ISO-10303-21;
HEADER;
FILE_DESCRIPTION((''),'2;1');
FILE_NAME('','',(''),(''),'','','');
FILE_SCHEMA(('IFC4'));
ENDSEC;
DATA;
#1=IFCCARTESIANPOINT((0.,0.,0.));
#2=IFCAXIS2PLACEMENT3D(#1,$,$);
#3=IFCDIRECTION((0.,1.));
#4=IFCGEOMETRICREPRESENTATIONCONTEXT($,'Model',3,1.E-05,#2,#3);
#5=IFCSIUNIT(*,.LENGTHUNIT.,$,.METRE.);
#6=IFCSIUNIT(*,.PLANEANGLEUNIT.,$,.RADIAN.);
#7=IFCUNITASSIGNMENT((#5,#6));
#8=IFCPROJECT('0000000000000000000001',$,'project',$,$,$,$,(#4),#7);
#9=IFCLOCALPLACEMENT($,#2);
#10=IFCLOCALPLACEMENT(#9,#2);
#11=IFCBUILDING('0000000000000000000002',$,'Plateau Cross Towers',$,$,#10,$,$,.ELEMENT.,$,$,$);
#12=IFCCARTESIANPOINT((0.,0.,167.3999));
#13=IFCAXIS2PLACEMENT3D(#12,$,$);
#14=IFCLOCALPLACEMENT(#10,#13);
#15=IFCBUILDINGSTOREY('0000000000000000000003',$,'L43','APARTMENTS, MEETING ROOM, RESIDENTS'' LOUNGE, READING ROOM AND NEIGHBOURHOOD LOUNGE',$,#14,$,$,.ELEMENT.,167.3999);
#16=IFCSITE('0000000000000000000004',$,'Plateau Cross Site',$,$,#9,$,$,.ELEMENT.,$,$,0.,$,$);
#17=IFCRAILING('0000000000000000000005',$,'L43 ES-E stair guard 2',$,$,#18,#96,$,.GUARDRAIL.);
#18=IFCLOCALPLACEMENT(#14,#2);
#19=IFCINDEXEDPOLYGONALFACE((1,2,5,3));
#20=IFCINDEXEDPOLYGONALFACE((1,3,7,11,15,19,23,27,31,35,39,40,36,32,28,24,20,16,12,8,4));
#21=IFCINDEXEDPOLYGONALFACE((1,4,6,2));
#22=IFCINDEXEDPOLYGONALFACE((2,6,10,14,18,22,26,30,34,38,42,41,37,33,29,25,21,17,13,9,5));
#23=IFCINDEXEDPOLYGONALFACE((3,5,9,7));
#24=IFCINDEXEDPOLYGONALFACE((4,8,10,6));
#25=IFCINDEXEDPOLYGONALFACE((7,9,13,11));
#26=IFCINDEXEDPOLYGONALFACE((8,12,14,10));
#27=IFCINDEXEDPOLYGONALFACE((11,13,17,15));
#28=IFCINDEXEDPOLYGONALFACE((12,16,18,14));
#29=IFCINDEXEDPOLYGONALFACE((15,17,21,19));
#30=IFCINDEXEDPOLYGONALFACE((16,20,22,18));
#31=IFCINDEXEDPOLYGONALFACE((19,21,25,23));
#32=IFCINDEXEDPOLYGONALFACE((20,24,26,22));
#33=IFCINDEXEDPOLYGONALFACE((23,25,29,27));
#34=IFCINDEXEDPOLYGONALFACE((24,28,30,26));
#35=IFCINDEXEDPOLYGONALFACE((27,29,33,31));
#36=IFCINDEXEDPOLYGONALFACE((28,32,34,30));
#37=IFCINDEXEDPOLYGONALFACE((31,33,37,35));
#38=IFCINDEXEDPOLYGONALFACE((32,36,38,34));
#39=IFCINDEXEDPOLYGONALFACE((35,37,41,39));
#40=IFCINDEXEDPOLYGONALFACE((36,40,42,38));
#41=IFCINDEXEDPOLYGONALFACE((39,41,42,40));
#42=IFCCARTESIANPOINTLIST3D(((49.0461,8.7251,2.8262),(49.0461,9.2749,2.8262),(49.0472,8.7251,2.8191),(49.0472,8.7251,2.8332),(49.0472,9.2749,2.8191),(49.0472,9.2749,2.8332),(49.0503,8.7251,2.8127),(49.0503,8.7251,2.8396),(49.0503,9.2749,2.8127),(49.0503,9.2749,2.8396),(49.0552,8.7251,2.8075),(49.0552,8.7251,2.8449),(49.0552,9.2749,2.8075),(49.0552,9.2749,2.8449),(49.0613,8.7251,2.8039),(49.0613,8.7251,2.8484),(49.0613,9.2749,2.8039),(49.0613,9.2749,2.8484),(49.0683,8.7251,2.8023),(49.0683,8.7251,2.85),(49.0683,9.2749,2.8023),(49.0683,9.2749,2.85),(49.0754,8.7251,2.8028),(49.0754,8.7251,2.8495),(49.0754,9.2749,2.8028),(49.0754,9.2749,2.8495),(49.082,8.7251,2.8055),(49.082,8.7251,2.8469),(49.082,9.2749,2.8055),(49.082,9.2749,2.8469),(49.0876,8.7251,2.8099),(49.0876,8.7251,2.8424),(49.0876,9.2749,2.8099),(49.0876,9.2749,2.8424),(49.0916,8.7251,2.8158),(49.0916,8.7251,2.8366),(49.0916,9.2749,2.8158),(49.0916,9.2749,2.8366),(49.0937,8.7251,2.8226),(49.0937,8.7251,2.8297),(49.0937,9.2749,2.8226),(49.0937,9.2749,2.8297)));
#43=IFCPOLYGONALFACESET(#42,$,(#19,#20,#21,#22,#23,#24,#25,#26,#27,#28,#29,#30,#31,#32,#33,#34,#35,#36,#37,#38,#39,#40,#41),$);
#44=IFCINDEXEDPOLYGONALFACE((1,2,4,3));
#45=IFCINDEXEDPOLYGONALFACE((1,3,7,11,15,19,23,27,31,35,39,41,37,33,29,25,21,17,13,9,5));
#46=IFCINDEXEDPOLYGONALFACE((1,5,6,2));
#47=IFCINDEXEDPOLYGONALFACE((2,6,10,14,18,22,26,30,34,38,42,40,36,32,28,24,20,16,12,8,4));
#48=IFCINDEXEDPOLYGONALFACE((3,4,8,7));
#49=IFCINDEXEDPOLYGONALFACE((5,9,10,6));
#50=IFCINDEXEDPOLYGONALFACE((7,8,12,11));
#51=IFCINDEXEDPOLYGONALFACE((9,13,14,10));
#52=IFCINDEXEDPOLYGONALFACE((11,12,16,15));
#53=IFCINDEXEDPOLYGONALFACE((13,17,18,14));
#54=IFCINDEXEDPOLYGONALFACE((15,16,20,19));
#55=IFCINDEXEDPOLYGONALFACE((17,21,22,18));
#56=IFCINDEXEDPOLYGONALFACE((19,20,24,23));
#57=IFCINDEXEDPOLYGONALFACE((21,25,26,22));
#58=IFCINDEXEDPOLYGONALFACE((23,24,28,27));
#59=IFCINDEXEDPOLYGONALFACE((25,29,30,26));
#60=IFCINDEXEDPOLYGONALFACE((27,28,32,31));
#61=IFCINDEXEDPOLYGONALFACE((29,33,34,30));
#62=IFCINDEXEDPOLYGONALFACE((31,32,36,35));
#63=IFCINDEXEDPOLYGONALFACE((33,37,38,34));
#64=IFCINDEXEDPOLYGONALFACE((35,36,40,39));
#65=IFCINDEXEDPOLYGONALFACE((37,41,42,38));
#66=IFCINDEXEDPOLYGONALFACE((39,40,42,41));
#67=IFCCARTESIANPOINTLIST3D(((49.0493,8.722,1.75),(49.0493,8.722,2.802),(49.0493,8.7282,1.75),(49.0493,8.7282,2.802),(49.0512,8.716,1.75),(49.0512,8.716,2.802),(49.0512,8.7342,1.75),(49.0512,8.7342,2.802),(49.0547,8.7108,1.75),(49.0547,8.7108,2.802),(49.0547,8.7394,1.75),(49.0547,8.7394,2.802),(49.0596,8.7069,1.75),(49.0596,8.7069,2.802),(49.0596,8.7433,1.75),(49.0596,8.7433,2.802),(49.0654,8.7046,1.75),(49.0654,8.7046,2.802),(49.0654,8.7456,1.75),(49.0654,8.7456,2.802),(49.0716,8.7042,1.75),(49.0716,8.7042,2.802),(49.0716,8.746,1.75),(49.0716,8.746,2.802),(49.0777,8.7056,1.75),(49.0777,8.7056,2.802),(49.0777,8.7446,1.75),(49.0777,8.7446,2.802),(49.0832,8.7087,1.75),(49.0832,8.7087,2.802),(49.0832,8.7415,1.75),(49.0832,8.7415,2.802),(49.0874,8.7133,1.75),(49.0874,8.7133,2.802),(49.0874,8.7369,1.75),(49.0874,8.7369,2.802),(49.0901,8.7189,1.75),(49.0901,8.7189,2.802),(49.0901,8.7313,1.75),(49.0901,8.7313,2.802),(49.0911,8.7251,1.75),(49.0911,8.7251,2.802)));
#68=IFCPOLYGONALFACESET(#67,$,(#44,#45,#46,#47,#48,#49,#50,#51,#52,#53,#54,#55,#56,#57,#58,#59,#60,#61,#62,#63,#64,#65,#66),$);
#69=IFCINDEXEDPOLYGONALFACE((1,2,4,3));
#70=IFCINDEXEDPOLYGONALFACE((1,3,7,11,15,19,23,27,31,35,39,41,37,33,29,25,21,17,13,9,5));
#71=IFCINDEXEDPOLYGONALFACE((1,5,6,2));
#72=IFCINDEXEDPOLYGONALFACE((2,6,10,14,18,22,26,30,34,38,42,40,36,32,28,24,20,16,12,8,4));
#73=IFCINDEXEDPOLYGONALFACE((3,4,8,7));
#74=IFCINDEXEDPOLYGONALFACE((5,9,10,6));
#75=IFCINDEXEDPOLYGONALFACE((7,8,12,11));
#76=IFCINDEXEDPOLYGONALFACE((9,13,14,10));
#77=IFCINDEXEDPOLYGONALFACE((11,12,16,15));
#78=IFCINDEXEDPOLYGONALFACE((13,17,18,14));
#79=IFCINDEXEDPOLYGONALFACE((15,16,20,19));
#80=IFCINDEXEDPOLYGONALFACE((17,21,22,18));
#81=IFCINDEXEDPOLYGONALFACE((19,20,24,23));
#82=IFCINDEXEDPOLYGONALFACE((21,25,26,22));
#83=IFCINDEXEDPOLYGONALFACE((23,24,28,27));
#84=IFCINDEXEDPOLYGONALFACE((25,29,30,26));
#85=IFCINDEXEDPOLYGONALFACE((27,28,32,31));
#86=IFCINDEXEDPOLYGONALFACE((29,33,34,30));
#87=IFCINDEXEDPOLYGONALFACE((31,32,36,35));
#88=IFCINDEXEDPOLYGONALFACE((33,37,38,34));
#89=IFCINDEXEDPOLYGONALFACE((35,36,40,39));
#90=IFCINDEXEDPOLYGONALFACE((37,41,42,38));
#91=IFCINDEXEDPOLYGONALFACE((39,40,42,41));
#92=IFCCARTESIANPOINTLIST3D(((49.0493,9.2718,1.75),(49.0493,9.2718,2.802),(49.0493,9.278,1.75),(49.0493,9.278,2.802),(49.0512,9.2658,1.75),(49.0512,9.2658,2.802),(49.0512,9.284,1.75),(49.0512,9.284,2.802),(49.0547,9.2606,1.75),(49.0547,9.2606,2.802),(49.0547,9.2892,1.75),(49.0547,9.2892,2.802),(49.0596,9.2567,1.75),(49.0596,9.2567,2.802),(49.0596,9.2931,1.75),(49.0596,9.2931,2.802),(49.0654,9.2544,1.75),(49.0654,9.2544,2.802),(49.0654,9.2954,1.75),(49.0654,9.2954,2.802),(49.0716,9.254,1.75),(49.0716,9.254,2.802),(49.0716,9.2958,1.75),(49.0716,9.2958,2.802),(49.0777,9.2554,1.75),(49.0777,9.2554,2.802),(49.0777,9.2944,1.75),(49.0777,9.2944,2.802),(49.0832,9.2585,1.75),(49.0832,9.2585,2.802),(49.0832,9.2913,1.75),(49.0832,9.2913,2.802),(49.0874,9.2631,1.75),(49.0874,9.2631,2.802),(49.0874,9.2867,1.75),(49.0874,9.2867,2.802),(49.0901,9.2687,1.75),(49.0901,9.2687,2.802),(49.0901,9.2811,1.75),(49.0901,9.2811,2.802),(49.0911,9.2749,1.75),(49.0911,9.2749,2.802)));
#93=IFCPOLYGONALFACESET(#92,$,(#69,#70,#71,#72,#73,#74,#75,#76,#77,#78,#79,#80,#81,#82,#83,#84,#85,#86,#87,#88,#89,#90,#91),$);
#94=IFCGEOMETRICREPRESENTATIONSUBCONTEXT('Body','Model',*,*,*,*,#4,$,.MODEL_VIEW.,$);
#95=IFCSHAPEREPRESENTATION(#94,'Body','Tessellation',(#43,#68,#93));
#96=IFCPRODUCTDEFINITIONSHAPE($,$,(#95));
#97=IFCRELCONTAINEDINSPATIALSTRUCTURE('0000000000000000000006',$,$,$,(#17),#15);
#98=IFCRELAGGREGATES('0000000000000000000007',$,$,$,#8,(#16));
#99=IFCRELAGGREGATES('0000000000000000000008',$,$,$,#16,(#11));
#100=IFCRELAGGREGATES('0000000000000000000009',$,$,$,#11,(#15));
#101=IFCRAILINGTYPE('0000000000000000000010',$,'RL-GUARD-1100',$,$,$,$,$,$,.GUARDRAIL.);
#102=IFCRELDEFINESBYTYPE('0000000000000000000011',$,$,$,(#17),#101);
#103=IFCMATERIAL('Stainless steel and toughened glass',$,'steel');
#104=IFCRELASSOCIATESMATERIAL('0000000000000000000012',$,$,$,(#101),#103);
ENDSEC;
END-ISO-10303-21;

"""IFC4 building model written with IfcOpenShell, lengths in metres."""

from ifc_helpers import new_model, si_unit, direction, frame, origin, origin_2d, place, context, subcontext, project, spatial, circle, extrude, material, type_object, element, save


model = new_model("IFC4")

# Units and contexts
model_context = context("Model", 3, precision=1e-05, world=origin(), true_north=direction((0.0, 1.0)))
body_context = subcontext(model_context, "Body", "Model", "MODEL_VIEW")
ifc_project = project(units=[si_unit("LENGTHUNIT", "METRE"), si_unit("PLANEANGLEUNIT", "RADIAN")], contexts=[model_context])

# Site, building, storey
site_placement = place(None, origin())
site = spatial("IfcSite", under=ifc_project, at=site_placement, Name="Plateau Cross Site", CompositionType="ELEMENT", RefElevation=0.0)
building_placement = place(site_placement, origin())
building = spatial("IfcBuilding", under=site, at=building_placement, Name="Plateau Cross Towers", CompositionType="ELEMENT")
storey_placement = place(building_placement, frame((0.0, 0.0, 167.3999)))
storey = spatial("IfcBuildingStorey", under=building, at=storey_placement, Name="L43", Description="APARTMENTS, MEETING ROOM, RESIDENTS' LOUNGE, READING ROOM AND NEIGHBOURHOOD LOUNGE", CompositionType="ELEMENT", Elevation=167.3999)

# Railing
ifc_material_1 = material(Name="Stainless steel and toughened glass", Category="steel")
railing_type_1 = type_object("IfcRailingType", Name="RL-GUARD-1100", PredefinedType="GUARDRAIL", material=ifc_material_1)
railing_1_placement = place(storey_placement, frame((49.0701, 8.7251, 1.75)))
element("IfcRailing", 1, at=railing_1_placement, inside=storey, type_object=railing_type_1, Name="L43 ES-E stair guard 2", PredefinedType="GUARDRAIL", context=body_context, shape_type="SweptSolid", body=[
    extrude(circle(Radius=0.0239, at=origin_2d()), frame((0.0, 0.0, 1.0762), z_axis=(0.0, 1.0, 0.0), x_axis=(-1.0, 0.0, 0.0)), (0.0, 0.0, 1.0), 0.5498),
    extrude(circle(Radius=0.021, at=origin_2d()), origin(), (0.0, 0.0, 1.0), 1.052),
    extrude(circle(Radius=0.021, at=origin_2d()), frame((0.0, 0.5498, 0.0)), (0.0, 0.0, 1.0), 1.052),
])

save(model, "model.ifc")
